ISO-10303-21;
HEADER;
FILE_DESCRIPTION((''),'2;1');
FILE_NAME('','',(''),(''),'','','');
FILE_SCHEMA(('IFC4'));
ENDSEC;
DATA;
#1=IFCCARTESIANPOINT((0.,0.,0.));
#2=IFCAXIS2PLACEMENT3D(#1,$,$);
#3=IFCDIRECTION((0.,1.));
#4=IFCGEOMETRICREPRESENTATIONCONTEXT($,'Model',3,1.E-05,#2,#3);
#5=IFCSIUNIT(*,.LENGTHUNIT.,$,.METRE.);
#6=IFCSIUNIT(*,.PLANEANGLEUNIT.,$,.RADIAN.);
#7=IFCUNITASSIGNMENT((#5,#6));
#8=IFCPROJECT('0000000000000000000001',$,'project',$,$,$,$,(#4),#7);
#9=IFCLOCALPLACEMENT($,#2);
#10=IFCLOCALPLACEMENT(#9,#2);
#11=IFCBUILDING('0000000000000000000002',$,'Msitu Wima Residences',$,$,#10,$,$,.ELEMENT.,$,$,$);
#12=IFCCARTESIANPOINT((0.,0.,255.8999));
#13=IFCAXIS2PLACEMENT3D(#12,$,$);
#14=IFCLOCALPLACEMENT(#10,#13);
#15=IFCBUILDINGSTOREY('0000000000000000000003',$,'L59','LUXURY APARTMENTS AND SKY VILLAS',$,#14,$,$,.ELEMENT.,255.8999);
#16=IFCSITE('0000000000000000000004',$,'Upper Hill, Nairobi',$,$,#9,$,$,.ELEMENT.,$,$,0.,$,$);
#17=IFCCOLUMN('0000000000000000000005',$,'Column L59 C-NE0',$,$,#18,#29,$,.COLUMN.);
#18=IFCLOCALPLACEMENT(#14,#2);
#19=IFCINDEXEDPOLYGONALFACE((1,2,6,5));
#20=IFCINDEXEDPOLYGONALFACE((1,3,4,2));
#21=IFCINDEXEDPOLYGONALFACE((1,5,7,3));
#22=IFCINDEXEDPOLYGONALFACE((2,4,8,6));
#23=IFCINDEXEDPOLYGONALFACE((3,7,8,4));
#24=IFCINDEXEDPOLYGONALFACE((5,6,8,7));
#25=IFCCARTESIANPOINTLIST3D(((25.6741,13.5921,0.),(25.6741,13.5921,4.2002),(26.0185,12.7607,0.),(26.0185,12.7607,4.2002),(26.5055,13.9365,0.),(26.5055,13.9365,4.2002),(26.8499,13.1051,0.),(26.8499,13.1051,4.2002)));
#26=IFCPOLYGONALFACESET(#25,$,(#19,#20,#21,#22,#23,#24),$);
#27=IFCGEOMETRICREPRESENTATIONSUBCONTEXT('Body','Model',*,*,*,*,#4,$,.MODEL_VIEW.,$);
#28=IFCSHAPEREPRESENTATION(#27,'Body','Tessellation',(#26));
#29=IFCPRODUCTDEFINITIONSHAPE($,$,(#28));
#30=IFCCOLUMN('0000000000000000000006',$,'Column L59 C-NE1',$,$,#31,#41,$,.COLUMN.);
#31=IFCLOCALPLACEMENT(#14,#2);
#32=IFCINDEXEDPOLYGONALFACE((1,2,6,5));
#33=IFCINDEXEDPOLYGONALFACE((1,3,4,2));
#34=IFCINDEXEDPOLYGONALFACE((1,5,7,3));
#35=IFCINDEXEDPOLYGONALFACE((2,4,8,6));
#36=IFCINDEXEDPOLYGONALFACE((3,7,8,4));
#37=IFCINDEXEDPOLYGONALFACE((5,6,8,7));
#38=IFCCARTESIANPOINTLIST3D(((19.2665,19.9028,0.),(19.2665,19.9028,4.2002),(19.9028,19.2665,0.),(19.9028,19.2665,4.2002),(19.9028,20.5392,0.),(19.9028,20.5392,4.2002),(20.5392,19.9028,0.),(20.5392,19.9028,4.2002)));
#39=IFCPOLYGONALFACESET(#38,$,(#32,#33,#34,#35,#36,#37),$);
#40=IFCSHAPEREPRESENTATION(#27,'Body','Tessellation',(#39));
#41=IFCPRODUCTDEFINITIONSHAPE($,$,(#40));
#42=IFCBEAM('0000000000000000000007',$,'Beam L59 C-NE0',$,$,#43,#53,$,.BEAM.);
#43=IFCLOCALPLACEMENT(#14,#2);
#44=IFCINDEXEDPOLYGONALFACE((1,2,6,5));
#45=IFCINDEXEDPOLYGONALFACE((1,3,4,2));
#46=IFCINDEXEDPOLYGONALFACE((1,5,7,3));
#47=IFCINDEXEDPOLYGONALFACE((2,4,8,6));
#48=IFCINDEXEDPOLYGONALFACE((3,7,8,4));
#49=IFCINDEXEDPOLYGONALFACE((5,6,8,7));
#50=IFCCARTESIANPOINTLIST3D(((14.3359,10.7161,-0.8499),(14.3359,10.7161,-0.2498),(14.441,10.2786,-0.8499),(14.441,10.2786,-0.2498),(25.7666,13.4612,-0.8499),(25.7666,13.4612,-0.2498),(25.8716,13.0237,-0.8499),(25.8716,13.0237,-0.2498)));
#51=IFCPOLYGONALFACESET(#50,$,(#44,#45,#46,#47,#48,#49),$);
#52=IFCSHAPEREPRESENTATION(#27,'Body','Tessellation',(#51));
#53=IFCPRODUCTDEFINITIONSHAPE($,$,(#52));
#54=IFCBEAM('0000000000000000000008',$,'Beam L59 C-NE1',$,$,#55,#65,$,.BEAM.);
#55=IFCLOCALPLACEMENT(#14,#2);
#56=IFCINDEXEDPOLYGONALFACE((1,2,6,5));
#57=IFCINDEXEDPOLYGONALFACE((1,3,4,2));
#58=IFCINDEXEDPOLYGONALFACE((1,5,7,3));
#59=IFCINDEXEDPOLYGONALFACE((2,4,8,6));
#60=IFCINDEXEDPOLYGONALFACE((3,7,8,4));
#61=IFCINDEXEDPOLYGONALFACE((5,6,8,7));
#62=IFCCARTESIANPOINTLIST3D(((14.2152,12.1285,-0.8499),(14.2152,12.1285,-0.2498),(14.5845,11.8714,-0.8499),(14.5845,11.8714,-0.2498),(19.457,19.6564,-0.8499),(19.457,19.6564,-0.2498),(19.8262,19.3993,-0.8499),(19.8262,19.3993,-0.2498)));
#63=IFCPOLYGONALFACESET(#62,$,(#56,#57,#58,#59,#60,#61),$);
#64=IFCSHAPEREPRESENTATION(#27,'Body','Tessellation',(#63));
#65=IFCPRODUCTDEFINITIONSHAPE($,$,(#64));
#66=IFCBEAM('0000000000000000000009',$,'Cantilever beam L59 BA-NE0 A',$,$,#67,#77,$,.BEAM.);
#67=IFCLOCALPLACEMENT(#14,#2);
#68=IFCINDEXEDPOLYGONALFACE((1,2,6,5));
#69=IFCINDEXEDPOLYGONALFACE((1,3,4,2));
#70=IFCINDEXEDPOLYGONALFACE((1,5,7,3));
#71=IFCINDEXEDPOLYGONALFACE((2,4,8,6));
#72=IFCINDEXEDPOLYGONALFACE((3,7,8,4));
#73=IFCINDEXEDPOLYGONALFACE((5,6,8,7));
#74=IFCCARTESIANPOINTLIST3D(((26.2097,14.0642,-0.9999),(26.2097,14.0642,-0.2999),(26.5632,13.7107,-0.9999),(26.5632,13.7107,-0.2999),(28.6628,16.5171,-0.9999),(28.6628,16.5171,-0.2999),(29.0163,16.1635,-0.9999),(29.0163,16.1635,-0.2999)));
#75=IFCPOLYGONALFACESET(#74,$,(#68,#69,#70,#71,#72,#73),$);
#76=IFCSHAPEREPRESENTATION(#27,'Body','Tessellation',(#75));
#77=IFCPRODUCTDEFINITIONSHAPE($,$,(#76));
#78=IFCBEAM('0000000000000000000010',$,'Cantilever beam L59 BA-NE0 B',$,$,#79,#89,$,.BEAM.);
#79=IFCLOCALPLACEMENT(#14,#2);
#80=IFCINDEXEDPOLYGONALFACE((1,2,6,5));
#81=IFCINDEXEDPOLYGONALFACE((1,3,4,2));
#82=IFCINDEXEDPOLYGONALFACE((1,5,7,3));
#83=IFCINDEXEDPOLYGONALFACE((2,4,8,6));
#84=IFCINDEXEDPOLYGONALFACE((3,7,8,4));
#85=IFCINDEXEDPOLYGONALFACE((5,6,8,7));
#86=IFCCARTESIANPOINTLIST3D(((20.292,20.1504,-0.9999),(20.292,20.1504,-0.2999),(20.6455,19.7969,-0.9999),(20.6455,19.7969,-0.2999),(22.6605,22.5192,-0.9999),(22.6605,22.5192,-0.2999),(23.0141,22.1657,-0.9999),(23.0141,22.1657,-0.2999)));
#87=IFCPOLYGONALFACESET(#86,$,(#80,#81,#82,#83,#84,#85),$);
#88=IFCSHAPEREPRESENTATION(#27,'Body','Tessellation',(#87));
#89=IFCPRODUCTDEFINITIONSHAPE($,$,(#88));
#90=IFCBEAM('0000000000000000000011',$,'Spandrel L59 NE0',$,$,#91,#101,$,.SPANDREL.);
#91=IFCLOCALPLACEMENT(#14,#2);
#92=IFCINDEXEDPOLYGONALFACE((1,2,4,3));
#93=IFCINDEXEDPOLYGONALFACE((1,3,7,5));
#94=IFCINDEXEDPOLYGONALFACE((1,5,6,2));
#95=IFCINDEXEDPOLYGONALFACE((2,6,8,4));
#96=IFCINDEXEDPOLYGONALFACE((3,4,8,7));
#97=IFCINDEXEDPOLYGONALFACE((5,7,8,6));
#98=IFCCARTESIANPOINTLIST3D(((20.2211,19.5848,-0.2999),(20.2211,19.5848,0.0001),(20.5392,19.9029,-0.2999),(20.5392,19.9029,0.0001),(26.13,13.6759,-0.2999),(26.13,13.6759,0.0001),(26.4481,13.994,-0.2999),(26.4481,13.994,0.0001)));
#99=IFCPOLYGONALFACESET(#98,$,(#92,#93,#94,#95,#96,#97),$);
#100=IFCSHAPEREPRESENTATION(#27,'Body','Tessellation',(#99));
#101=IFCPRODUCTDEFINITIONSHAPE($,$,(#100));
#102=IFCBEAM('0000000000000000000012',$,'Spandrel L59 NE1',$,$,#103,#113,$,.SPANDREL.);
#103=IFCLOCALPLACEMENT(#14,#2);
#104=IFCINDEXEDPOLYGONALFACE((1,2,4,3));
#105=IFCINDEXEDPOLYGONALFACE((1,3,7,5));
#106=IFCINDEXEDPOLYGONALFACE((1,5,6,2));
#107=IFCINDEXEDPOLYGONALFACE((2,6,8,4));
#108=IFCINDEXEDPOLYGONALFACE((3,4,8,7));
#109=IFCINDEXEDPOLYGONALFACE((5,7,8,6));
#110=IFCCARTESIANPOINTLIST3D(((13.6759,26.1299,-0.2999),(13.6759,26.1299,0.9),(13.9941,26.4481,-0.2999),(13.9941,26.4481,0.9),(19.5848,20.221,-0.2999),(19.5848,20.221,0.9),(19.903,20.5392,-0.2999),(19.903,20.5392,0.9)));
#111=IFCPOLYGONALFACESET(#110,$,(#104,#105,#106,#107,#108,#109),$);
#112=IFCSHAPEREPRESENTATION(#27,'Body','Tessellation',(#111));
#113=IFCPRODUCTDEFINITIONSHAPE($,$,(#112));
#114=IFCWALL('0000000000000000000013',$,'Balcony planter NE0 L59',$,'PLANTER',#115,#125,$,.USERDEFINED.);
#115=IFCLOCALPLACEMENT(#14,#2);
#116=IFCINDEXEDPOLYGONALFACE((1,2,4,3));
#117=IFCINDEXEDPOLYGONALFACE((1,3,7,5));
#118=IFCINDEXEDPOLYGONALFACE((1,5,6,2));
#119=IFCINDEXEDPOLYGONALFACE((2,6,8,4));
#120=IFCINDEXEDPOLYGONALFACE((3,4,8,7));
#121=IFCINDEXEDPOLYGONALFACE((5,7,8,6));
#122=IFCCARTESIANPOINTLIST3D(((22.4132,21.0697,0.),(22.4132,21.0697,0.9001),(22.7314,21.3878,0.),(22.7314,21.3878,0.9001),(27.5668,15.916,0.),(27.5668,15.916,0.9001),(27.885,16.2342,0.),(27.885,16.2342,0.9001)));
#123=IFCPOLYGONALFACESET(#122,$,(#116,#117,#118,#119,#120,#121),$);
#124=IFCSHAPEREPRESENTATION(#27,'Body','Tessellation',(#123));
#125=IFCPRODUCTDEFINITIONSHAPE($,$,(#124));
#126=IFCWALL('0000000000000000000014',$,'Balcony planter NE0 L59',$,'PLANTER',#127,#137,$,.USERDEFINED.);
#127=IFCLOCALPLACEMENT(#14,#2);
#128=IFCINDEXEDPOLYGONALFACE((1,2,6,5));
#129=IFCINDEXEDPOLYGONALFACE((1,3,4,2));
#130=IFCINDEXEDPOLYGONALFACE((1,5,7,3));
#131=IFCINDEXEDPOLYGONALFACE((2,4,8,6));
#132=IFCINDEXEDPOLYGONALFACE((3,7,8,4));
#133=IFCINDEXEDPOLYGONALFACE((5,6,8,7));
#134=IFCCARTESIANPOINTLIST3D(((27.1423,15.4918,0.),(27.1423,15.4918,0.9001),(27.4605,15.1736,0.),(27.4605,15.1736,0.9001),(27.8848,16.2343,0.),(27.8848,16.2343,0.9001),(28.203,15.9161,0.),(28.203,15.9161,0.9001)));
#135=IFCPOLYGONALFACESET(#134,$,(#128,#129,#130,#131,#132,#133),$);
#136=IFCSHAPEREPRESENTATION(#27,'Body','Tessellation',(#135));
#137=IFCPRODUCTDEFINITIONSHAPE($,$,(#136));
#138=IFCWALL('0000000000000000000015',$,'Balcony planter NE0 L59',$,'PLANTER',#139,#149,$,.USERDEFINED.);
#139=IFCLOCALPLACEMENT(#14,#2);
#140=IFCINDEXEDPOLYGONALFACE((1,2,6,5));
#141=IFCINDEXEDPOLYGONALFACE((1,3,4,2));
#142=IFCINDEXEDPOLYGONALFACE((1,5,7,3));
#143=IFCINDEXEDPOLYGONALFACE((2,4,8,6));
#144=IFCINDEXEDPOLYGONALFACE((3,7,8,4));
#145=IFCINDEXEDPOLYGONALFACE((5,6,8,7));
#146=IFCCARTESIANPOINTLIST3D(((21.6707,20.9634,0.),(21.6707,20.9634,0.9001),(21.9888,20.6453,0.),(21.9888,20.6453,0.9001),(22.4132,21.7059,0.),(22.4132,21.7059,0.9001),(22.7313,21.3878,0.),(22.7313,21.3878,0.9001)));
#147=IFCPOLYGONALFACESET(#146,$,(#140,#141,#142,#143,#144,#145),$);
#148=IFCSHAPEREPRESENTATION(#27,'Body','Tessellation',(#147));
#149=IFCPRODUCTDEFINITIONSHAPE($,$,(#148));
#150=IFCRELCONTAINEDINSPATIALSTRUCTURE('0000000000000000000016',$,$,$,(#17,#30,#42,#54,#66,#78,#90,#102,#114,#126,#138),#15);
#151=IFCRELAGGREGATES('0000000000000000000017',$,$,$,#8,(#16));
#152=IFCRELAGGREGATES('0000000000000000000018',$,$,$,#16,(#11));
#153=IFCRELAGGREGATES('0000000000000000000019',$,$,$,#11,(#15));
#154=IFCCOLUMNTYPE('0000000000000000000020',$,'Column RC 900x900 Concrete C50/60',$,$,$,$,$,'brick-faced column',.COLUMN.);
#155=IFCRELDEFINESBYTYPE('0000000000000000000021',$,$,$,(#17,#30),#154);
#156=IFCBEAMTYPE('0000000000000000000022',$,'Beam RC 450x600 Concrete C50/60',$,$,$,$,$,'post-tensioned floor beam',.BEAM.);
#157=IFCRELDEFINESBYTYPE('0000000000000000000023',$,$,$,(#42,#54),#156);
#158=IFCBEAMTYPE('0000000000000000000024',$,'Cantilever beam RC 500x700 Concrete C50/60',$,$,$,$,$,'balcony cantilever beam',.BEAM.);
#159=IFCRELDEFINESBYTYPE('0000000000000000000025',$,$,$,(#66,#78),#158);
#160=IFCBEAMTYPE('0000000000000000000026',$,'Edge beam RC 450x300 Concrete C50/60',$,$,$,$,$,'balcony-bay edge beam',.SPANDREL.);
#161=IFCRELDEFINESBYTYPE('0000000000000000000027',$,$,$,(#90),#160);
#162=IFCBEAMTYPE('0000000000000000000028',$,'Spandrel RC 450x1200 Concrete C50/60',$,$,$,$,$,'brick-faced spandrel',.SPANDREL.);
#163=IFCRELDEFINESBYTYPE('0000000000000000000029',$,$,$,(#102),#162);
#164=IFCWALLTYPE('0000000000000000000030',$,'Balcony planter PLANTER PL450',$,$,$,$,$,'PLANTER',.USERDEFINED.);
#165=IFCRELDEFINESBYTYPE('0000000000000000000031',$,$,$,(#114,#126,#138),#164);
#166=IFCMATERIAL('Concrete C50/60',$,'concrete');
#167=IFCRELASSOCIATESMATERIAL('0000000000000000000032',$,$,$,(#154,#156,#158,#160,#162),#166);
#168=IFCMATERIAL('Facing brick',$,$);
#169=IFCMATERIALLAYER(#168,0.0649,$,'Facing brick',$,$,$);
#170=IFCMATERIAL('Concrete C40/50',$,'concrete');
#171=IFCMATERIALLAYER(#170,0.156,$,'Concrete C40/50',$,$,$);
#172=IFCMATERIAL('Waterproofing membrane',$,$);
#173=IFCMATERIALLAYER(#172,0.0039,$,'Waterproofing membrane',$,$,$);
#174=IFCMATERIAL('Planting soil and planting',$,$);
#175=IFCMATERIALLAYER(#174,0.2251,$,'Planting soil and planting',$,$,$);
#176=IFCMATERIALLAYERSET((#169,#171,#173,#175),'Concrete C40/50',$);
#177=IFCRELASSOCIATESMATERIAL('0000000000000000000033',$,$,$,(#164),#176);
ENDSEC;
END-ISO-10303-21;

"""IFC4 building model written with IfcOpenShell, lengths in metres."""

from ifc_helpers import new_model, si_unit, direction, frame, frame_2d, origin, origin_2d, place, context, subcontext, project, spatial, rectangle, extrude, material, layer, layer_set, material_profile, profile_set, type_object, element, save


model = new_model("IFC4")

# Units and contexts
model_context = context("Model", 3, precision=1e-05, world=origin(), true_north=direction((0.0, 1.0)))
body_context = subcontext(model_context, "Body", "Model", "MODEL_VIEW")
ifc_project = project(units=[si_unit("LENGTHUNIT", "METRE"), si_unit("PLANEANGLEUNIT", "RADIAN")], contexts=[model_context])

# Site, building, storey
site_placement = place(None, origin())
site = spatial("IfcSite", under=ifc_project, at=site_placement, Name="Upper Hill, Nairobi", CompositionType="ELEMENT", RefElevation=0.0)
building_placement = place(site_placement, origin())
building = spatial("IfcBuilding", under=site, at=building_placement, Name="Msitu Wima Residences", CompositionType="ELEMENT")
storey_placement = place(building_placement, frame((0.0, 0.0, 255.8999)))
storey = spatial("IfcBuildingStorey", under=building, at=storey_placement, Name="L59", Description="LUXURY APARTMENTS AND SKY VILLAS", CompositionType="ELEMENT", Elevation=255.8999)

# Columns
ifc_material_1 = material(Name="Concrete C50/60", Category="concrete")
ifc_material_profile_1 = material_profile(ifc_material_1, rectangle(XDim=0.8999, YDim=0.8999, at=origin_2d()), Name="RC 900x900")
ifc_profile_set_1 = profile_set([ifc_material_profile_1], Name="Concrete C50/60")
column_type = type_object("IfcColumnType", Name="Column RC 900x900 Concrete C50/60", ElementType="brick-faced column", PredefinedType="COLUMN", material=ifc_profile_set_1)
for number, where, z_axis, x_axis, name in (
    (1, (26.262, 13.3486, 0.0), (0.0, 0.0, 1.0), (-0.382683, 0.92388, 0.0), "Column L59 C-NE0"),
    (2, (19.9028, 19.9028, 0.0), (0.0, 0.0, 1.0), (-0.707107, 0.707107, 0.0), "Column L59 C-NE1"),
):
    element("IfcColumn", number, at=place(storey_placement, frame(where, z_axis=z_axis, x_axis=x_axis)), inside=storey, type_object=column_type, Name=name, PredefinedType="COLUMN", context=body_context, shape_type="SweptSolid", body=[
        extrude(rectangle(XDim=0.8999, YDim=0.8999, at=origin_2d()), origin(), (0.0, 0.0, 1.0), 4.2002),
    ])

# Beams
ifc_material_profile_2 = material_profile(ifc_material_1, rectangle(XDim=0.45, YDim=0.6001, at=origin_2d()), Name="RC 450x600")
ifc_profile_set_2 = profile_set([ifc_material_profile_2], Name="Concrete C50/60")
beam_type_1 = type_object("IfcBeamType", Name="Beam RC 450x600 Concrete C50/60", ElementType="post-tensioned floor beam", PredefinedType="BEAM", material=ifc_profile_set_2)
beam_1_placement = place(storey_placement, frame((25.8191, 13.2424, -0.5498), z_axis=(-0.972353, -0.233514, 0.0), x_axis=(0.233514, -0.972353, 0.0)))
element("IfcBeam", 3, at=beam_1_placement, inside=storey, type_object=beam_type_1, Name="Beam L59 C-NE0", PredefinedType="BEAM", context=body_context, shape_type="SweptSolid", body=[
    extrude(rectangle(XDim=0.45, YDim=0.6001, at=origin_2d()), origin(), (0.0, 0.0, 1.0), 11.7556),
])
beam_2_placement = place(storey_placement, frame((19.6416, 19.5278, -0.5498), z_axis=(-0.571428, -0.820652, 0.0), x_axis=(0.820652, -0.571428, 0.0)))
element("IfcBeam", 4, at=beam_2_placement, inside=storey, type_object=beam_type_1, Name="Beam L59 C-NE1", PredefinedType="BEAM", context=body_context, shape_type="SweptSolid", body=[
    extrude(rectangle(XDim=0.45, YDim=0.6001, at=origin_2d()), origin(), (0.0, 0.0, 1.0), 9.1731),
])
ifc_material_profile_3 = material_profile(ifc_material_1, rectangle(XDim=0.5, YDim=0.7, at=origin_2d()), Name="RC 500x700")
ifc_profile_set_3 = profile_set([ifc_material_profile_3], Name="Concrete C50/60")
beam_type_2 = type_object("IfcBeamType", Name="Cantilever beam RC 500x700 Concrete C50/60", ElementType="balcony cantilever beam", PredefinedType="BEAM", material=ifc_profile_set_3)
beam_3_placement = place(storey_placement, frame((26.3865, 13.8875, -0.6499), z_axis=(0.707142, 0.707072, 0.0), x_axis=(-0.707072, 0.707142, 0.0)))
element("IfcBeam", 5, at=beam_3_placement, inside=storey, type_object=beam_type_2, Name="Cantilever beam L59 BA-NE0 A", PredefinedType="BEAM", context=body_context, shape_type="SweptSolid", body=[
    extrude(rectangle(XDim=0.5, YDim=0.7, at=origin_2d()), origin(), (0.0, 0.0, 1.0), 3.469),
])
beam_4_placement = place(storey_placement, frame((20.4688, 19.9736, -0.6499), z_axis=(0.70707, 0.707143, 0.0), x_axis=(-0.707143, 0.70707, 0.0)))
element("IfcBeam", 6, at=beam_4_placement, inside=storey, type_object=beam_type_2, Name="Cantilever beam L59 BA-NE0 B", PredefinedType="BEAM", context=body_context, shape_type="SweptSolid", body=[
    extrude(rectangle(XDim=0.5, YDim=0.7, at=origin_2d()), origin(), (0.0, 0.0, 1.0), 3.3499),
])
ifc_material_profile_4 = material_profile(ifc_material_1, rectangle(XDim=0.45, YDim=0.3, at=origin_2d()), Name="RC 450x300")
ifc_profile_set_4 = profile_set([ifc_material_profile_4], Name="Concrete C50/60")
beam_type_3 = type_object("IfcBeamType", Name="Edge beam RC 450x300 Concrete C50/60", ElementType="balcony-bay edge beam", PredefinedType="SPANDREL", material=ifc_profile_set_4)
beam_5_placement = place(storey_placement, frame((26.2891, 13.835, -0.1499), z_axis=(-0.707107, 0.707107, 0.0), x_axis=(-0.707107, -0.707107, 0.0)))
element("IfcBeam", 7, at=beam_5_placement, inside=storey, type_object=beam_type_3, Name="Spandrel L59 NE0", PredefinedType="SPANDREL", context=body_context, shape_type="SweptSolid", body=[
    extrude(rectangle(XDim=0.45, YDim=0.3, at=origin_2d()), origin(), (0.0, 0.0, 1.0), 8.3564),
])
ifc_material_profile_5 = material_profile(ifc_material_1, rectangle(XDim=0.45, YDim=1.2, at=origin_2d()), Name="RC 450x1200")
ifc_profile_set_5 = profile_set([ifc_material_profile_5], Name="Concrete C50/60")
beam_type_4 = type_object("IfcBeamType", Name="Spandrel RC 450x1200 Concrete C50/60", ElementType="brick-faced spandrel", PredefinedType="SPANDREL", material=ifc_profile_set_5)
beam_6_placement = place(storey_placement, frame((19.7439, 20.3801, 0.3), z_axis=(-0.707107, 0.707107, 0.0), x_axis=(-0.707107, -0.707107, 0.0)))
element("IfcBeam", 8, at=beam_6_placement, inside=storey, type_object=beam_type_4, Name="Spandrel L59 NE1", PredefinedType="SPANDREL", context=body_context, shape_type="SweptSolid", body=[
    extrude(rectangle(XDim=0.45, YDim=1.2, at=origin_2d()), origin(), (0.0, 0.0, 1.0), 8.3564),
])

# Walls
ifc_material_2 = material(Name="Facing brick")
ifc_layer_1 = layer(ifc_material_2, 0.0649, Name="Facing brick")
ifc_material_3 = material(Name="Concrete C40/50", Category="concrete")
ifc_layer_2 = layer(ifc_material_3, 0.156, Name="Concrete C40/50")
ifc_material_4 = material(Name="Waterproofing membrane")
ifc_layer_3 = layer(ifc_material_4, 0.0039, Name="Waterproofing membrane")
ifc_material_5 = material(Name="Planting soil and planting")
ifc_layer_4 = layer(ifc_material_5, 0.2251, Name="Planting soil and planting")
ifc_layer_set_1 = layer_set([ifc_layer_1, ifc_layer_2, ifc_layer_3, ifc_layer_4], Name="Concrete C40/50")
wall_type_1 = type_object("IfcWallType", Name="Balcony planter PLANTER PL450", ElementType="PLANTER", PredefinedType="USERDEFINED", material=ifc_layer_set_1)
wall_1_placement = place(storey_placement, frame((27.7258, 16.0752, 0.0), z_axis=(0.0, 0.0, 1.0), x_axis=(-0.707107, 0.707107, 0.0)))
element("IfcWall", 9, at=wall_1_placement, inside=storey, type_object=wall_type_1, Name="Balcony planter NE0 L59", ObjectType="PLANTER", PredefinedType="USERDEFINED", context=body_context, shape_type="SweptSolid", body=[
    extrude(rectangle(XDim=7.2883, YDim=0.45, at=frame_2d((3.644, 0.0))), origin(), (0.0, 0.0, 1.0), 0.9001),
])
for number, where, z_axis, x_axis, name in (
    (10, (27.3015, 15.3328, 0.0), (0.0, 0.0, 1.0), (0.707107, 0.707107, 0.0), "Balcony planter NE0 L59"),
    (11, (21.8298, 20.8044, 0.0), (0.0, 0.0, 1.0), (0.707107, 0.707107, 0.0), "Balcony planter NE0 L59"),
):
    element("IfcWall", number, at=place(storey_placement, frame(where, z_axis=z_axis, x_axis=x_axis)), inside=storey, type_object=wall_type_1, Name=name, ObjectType="PLANTER", PredefinedType="USERDEFINED", context=body_context, shape_type="SweptSolid", body=[
        extrude(rectangle(XDim=1.05, YDim=0.45, at=frame_2d((0.5249, 0.0))), origin(), (0.0, 0.0, 1.0), 0.9001),
    ])

save(model, "model.ifc")
